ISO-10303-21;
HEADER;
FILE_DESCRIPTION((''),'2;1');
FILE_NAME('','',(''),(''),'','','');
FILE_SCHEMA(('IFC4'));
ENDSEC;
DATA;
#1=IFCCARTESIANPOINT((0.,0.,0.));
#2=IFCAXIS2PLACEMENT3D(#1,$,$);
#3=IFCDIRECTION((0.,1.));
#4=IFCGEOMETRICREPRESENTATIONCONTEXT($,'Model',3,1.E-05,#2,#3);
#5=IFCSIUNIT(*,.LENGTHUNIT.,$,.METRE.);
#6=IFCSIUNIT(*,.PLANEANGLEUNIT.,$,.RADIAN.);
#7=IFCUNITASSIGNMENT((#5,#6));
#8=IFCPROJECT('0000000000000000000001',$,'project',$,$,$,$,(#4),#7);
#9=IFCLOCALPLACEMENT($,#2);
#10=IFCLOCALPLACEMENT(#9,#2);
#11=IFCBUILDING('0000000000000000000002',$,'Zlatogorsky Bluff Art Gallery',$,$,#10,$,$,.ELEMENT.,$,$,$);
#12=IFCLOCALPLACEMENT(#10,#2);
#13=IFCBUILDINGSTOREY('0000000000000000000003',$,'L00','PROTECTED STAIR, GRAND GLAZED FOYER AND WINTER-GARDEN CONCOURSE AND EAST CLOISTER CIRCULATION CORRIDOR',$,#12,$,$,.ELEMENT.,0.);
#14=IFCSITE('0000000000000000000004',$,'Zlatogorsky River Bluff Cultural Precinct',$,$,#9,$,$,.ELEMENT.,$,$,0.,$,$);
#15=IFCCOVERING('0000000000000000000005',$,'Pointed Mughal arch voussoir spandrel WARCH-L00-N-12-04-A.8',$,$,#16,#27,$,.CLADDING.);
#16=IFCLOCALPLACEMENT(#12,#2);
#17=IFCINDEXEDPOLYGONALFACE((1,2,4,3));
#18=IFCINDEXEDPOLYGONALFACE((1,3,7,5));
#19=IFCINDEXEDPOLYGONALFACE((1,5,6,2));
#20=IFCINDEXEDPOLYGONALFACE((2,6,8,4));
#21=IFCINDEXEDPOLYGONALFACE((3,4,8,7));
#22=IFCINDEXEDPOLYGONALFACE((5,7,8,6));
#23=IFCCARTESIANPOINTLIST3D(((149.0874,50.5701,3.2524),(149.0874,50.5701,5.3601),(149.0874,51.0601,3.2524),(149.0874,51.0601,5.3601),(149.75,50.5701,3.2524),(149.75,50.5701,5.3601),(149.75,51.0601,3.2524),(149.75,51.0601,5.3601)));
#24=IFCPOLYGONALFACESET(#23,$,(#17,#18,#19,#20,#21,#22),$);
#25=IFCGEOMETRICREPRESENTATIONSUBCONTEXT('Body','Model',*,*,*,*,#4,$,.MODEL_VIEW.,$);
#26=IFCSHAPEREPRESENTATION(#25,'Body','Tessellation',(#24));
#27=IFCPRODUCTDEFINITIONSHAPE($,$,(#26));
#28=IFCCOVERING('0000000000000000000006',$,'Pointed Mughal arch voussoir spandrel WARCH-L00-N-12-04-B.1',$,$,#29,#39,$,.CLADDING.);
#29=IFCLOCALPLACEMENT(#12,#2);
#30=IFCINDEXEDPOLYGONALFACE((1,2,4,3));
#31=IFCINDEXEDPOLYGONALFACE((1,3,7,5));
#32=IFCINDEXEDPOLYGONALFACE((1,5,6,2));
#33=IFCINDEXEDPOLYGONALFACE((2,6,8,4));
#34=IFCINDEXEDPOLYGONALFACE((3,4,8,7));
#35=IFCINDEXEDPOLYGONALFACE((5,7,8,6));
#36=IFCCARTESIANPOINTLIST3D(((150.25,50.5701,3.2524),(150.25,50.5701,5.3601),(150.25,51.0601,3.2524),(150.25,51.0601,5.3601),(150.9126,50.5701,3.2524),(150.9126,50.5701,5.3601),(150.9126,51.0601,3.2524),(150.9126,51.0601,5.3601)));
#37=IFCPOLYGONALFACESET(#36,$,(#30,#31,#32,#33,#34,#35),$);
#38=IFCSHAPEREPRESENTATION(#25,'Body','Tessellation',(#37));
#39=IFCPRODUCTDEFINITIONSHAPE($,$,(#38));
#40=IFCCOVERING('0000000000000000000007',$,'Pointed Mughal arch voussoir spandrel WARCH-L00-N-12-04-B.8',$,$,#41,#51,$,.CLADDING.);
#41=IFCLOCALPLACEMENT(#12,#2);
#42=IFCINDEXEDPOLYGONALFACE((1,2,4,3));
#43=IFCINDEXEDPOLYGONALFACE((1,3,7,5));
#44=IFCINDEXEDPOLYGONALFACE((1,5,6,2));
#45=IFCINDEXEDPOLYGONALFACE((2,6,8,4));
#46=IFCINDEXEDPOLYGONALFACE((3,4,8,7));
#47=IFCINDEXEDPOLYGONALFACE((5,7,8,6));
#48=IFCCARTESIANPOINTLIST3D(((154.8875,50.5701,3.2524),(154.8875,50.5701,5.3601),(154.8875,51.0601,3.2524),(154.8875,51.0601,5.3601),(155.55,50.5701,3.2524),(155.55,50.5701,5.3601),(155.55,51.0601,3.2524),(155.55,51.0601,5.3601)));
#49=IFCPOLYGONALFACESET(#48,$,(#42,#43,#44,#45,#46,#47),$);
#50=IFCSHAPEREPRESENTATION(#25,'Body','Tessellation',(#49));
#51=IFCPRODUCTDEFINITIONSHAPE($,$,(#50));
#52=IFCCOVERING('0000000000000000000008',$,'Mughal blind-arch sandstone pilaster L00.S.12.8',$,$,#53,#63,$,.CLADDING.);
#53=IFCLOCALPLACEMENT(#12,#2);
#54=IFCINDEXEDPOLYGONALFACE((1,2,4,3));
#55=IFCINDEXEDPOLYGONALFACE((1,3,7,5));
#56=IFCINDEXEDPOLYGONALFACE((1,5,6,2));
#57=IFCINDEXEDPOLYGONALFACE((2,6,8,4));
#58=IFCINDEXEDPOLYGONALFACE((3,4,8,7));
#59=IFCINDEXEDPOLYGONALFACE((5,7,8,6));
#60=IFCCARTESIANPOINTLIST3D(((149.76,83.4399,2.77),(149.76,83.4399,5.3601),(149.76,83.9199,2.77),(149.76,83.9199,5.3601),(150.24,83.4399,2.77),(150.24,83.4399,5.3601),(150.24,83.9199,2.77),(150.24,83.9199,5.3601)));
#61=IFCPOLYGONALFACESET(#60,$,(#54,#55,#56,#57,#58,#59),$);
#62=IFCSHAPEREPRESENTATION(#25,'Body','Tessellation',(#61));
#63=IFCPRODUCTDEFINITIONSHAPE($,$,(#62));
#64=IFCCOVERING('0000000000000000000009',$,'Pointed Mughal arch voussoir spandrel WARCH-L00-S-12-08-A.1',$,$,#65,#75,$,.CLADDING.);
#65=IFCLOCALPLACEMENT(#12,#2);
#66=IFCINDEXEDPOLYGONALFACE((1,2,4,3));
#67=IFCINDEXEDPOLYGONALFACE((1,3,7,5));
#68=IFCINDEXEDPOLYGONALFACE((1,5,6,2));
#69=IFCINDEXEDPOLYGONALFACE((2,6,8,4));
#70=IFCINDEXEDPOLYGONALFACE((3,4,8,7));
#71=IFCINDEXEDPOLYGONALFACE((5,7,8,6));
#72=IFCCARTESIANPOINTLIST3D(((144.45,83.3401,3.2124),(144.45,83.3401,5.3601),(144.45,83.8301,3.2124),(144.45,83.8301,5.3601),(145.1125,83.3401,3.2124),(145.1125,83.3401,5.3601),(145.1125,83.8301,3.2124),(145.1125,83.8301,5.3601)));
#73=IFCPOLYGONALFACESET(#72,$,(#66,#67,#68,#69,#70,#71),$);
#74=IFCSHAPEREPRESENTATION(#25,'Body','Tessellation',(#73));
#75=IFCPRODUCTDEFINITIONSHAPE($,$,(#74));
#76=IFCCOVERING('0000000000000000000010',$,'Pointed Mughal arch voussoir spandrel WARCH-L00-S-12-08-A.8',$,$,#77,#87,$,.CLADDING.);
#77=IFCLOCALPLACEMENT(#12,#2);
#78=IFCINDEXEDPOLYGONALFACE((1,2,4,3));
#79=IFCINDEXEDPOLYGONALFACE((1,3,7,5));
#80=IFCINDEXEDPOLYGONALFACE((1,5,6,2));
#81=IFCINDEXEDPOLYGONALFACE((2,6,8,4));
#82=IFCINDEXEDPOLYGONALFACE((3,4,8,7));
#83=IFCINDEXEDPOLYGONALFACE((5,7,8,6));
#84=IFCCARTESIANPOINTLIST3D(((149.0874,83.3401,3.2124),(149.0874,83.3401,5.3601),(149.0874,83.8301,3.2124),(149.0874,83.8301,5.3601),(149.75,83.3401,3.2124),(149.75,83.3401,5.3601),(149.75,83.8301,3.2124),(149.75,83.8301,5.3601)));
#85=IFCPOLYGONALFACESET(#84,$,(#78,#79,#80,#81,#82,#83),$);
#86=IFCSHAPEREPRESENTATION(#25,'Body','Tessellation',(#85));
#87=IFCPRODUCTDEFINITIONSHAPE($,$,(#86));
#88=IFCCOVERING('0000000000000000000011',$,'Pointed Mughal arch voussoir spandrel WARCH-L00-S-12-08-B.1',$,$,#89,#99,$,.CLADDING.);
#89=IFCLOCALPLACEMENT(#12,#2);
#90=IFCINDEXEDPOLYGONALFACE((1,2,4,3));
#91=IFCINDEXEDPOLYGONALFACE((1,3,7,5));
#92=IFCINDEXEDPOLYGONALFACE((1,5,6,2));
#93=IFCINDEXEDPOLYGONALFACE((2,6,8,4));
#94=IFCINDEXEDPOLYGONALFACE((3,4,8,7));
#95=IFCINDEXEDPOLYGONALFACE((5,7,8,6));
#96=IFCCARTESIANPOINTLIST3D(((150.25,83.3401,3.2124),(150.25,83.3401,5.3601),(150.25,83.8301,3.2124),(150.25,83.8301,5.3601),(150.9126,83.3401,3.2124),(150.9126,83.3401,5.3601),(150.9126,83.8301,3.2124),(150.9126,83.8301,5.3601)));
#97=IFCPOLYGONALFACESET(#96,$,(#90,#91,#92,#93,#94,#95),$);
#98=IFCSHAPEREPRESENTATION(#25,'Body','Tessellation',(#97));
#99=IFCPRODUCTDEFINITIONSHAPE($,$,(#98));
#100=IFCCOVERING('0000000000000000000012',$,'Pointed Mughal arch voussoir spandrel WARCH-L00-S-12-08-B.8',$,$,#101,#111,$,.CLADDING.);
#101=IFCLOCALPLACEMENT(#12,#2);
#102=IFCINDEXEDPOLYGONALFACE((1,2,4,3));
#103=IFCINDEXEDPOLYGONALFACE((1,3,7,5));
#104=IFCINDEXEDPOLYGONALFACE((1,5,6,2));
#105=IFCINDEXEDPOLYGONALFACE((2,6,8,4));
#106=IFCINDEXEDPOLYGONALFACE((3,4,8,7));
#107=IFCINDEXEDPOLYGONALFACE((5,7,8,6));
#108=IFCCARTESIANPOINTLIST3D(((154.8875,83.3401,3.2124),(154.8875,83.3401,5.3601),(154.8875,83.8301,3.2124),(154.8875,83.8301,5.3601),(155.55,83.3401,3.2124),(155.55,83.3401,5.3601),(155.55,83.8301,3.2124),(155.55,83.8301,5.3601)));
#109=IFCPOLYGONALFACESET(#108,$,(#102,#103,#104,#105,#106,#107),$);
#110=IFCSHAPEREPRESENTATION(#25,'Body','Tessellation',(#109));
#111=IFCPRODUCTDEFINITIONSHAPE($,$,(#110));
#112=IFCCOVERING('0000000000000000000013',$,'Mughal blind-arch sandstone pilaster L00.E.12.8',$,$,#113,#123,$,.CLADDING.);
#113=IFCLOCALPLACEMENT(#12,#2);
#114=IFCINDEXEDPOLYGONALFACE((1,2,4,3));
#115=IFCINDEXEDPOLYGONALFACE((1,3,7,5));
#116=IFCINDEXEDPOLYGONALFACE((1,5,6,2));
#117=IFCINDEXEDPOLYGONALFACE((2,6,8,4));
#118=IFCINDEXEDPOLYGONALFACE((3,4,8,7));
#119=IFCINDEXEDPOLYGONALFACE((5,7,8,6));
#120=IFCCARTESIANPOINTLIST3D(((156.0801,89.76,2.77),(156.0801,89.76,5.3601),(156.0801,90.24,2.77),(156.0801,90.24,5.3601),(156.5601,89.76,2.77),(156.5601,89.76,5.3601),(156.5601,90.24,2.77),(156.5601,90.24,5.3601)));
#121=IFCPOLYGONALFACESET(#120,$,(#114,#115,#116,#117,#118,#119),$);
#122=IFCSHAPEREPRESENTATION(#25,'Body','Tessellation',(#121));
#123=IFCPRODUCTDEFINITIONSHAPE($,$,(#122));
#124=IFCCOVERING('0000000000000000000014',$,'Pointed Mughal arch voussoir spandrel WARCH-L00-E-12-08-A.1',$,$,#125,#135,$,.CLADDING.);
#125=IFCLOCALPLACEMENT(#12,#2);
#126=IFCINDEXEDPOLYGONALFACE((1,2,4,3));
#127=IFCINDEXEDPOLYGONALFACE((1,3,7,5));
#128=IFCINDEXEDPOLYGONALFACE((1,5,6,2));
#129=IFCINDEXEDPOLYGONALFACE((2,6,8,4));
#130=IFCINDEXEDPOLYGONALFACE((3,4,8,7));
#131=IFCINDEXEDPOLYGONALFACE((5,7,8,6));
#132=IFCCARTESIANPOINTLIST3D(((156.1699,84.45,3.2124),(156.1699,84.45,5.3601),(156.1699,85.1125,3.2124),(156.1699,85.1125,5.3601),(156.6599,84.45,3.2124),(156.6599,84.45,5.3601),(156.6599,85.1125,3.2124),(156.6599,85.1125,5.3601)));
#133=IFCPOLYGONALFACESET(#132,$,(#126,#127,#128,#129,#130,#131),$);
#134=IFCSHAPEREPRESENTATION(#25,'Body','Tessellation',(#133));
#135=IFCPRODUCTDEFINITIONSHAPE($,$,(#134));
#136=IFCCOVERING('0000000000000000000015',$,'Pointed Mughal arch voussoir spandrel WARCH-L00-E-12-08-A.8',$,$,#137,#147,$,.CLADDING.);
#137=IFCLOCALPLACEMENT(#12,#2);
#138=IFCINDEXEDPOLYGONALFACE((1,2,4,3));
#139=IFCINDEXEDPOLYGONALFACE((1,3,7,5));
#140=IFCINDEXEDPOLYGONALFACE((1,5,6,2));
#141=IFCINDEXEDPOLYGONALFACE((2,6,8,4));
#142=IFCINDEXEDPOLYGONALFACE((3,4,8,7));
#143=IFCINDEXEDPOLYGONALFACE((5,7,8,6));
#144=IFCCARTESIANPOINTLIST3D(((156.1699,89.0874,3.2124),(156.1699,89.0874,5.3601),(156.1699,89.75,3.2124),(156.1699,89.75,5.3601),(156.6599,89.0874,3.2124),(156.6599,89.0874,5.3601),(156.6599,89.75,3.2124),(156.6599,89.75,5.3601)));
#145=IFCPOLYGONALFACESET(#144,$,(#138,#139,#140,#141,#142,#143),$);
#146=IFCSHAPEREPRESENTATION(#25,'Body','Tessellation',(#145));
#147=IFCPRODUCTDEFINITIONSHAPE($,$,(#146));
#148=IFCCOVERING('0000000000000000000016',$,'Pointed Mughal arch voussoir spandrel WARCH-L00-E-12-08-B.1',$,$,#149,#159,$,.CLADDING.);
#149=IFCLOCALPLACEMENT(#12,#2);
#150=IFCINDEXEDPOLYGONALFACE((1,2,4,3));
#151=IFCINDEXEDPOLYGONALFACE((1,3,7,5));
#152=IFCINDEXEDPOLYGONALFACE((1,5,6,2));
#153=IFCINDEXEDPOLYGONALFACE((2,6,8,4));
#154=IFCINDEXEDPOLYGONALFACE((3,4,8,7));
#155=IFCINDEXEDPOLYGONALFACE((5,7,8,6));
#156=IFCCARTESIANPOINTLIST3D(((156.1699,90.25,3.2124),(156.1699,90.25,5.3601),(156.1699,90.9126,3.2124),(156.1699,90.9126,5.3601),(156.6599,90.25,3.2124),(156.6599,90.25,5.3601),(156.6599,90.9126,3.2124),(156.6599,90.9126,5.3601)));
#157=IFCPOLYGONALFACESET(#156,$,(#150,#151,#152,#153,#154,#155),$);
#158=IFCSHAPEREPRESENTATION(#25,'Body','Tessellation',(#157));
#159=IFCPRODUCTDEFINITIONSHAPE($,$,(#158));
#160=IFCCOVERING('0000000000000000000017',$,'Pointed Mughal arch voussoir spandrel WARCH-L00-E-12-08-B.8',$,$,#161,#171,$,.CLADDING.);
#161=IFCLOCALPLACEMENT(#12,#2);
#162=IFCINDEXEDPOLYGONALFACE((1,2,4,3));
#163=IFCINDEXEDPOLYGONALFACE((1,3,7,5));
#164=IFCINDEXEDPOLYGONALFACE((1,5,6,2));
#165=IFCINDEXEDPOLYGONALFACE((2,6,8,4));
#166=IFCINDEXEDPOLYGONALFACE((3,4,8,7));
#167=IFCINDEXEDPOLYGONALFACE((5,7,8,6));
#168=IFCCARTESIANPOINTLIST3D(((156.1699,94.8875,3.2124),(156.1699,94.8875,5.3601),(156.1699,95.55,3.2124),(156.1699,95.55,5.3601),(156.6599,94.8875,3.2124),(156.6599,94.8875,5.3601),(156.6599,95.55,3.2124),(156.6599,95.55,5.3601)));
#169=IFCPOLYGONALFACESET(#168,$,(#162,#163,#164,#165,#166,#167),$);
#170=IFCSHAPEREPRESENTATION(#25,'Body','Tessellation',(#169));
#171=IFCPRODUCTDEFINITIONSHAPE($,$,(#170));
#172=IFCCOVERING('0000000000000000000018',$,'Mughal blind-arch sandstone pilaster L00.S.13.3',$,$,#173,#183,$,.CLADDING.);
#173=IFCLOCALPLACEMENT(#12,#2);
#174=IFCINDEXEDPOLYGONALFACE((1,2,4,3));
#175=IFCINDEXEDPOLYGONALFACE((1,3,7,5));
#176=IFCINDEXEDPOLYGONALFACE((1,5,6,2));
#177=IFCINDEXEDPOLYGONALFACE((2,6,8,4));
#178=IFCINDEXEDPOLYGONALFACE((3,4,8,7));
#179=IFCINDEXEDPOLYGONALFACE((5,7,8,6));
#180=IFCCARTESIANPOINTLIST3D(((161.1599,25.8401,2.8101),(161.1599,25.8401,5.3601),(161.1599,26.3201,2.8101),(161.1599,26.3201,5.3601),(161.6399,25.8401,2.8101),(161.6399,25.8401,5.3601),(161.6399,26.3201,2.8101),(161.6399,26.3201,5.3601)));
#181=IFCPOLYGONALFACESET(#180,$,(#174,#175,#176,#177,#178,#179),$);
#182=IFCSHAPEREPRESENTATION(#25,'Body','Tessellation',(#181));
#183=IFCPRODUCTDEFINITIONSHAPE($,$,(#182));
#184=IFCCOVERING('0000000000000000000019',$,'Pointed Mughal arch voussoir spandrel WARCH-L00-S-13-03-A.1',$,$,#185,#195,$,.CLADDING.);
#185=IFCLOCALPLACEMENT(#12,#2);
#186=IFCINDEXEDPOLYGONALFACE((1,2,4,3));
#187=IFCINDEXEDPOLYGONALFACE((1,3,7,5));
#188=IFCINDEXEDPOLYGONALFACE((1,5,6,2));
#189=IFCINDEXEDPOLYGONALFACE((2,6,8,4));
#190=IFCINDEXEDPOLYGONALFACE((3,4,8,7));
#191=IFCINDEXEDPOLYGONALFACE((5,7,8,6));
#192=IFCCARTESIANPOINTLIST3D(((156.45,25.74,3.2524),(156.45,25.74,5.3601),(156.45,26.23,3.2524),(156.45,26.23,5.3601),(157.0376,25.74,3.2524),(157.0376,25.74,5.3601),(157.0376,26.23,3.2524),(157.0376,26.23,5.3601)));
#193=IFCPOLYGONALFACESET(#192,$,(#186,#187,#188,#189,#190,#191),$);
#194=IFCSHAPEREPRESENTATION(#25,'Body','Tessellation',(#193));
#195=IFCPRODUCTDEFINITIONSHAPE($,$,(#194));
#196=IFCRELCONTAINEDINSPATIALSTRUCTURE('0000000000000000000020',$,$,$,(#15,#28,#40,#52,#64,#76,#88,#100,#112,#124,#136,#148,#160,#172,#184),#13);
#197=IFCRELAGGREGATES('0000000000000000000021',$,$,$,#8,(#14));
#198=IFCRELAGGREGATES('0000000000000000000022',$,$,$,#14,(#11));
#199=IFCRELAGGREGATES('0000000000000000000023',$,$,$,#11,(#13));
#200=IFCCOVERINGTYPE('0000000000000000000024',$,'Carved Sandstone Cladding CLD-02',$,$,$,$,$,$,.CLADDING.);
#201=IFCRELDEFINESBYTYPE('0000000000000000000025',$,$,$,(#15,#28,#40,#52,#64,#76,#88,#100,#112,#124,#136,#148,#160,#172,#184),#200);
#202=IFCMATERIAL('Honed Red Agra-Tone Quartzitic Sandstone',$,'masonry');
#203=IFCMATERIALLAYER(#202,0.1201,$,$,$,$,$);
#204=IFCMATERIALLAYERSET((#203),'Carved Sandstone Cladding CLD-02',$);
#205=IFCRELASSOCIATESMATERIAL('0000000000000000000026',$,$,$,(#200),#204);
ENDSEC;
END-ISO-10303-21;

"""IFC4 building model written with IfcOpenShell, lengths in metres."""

from ifc_helpers import new_model, si_unit, direction, frame, origin, place, context, subcontext, project, spatial, polyline, outline, extrude, material, layer, layer_set, type_object, element, save


model = new_model("IFC4")

# Units and contexts
model_context = context("Model", 3, precision=1e-05, world=origin(), true_north=direction((0.0, 1.0)))
body_context = subcontext(model_context, "Body", "Model", "MODEL_VIEW")
ifc_project = project(units=[si_unit("LENGTHUNIT", "METRE"), si_unit("PLANEANGLEUNIT", "RADIAN")], contexts=[model_context])

# Site, building, storey
site_placement = place(None, origin())
site = spatial("IfcSite", under=ifc_project, at=site_placement, Name="Zlatogorsky River Bluff Cultural Precinct", CompositionType="ELEMENT", RefElevation=0.0)
building_placement = place(site_placement, origin())
building = spatial("IfcBuilding", under=site, at=building_placement, Name="Zlatogorsky Bluff Art Gallery", CompositionType="ELEMENT")
storey_placement = place(building_placement, origin())
storey = spatial("IfcBuildingStorey", under=building, at=storey_placement, Name="L00", Description="PROTECTED STAIR, GRAND GLAZED FOYER AND WINTER-GARDEN CONCOURSE AND EAST CLOISTER CIRCULATION CORRIDOR", CompositionType="ELEMENT", Elevation=0.0)

# Coverings
ifc_material = material(Name="Honed Red Agra-Tone Quartzitic Sandstone", Category="masonry")
ifc_layer = layer(ifc_material, 0.1201)
ifc_layer_set = layer_set([ifc_layer], Name="Carved Sandstone Cladding CLD-02")
covering_type = type_object("IfcCoveringType", Name="Carved Sandstone Cladding CLD-02", PredefinedType="CLADDING", material=ifc_layer_set)
covering_1_placement = place(storey_placement, frame((0.0, 0.0, 3.2524)))
element("IfcCovering", 1, at=covering_1_placement, inside=storey, type_object=covering_type, Name="Pointed Mughal arch voussoir spandrel WARCH-L00-N-12-04-A.8", PredefinedType="CLADDING", context=body_context, shape_type="SweptSolid", body=[
    extrude(outline(polyline([(149.0874, 50.5701), (149.75, 50.5701), (149.75, 51.0601), (149.0874, 51.0601), (149.0874, 50.5701)])), origin(), (0.0, 0.0, 1.0), 2.1077),
])
covering_2_placement = place(storey_placement, frame((0.0, 0.0, 3.2524)))
element("IfcCovering", 2, at=covering_2_placement, inside=storey, type_object=covering_type, Name="Pointed Mughal arch voussoir spandrel WARCH-L00-N-12-04-B.1", PredefinedType="CLADDING", context=body_context, shape_type="SweptSolid", body=[
    extrude(outline(polyline([(150.25, 50.5701), (150.9126, 50.5701), (150.9126, 51.0601), (150.25, 51.0601), (150.25, 50.5701)])), origin(), (0.0, 0.0, 1.0), 2.1077),
])
covering_3_placement = place(storey_placement, frame((0.0, 0.0, 3.2524)))
element("IfcCovering", 3, at=covering_3_placement, inside=storey, type_object=covering_type, Name="Pointed Mughal arch voussoir spandrel WARCH-L00-N-12-04-B.8", PredefinedType="CLADDING", context=body_context, shape_type="SweptSolid", body=[
    extrude(outline(polyline([(154.8875, 50.5701), (155.55, 50.5701), (155.55, 51.0601), (154.8875, 51.0601), (154.8875, 50.5701)])), origin(), (0.0, 0.0, 1.0), 2.1077),
])
covering_4_placement = place(storey_placement, frame((0.0, 0.0, 2.77)))
element("IfcCovering", 4, at=covering_4_placement, inside=storey, type_object=covering_type, Name="Mughal blind-arch sandstone pilaster L00.S.12.8", PredefinedType="CLADDING", context=body_context, shape_type="SweptSolid", body=[
    extrude(outline(polyline([(149.76, 83.4399), (150.24, 83.4399), (150.24, 83.9199), (149.76, 83.9199), (149.76, 83.4399)])), origin(), (0.0, 0.0, 1.0), 2.5901),
])
covering_5_placement = place(storey_placement, frame((0.0, 0.0, 3.2124)))
element("IfcCovering", 5, at=covering_5_placement, inside=storey, type_object=covering_type, Name="Pointed Mughal arch voussoir spandrel WARCH-L00-S-12-08-A.1", PredefinedType="CLADDING", context=body_context, shape_type="SweptSolid", body=[
    extrude(outline(polyline([(144.45, 83.3401), (145.1125, 83.3401), (145.1125, 83.8301), (144.45, 83.8301), (144.45, 83.3401)])), origin(), (0.0, 0.0, 1.0), 2.1477),
])
covering_6_placement = place(storey_placement, frame((0.0, 0.0, 3.2124)))
element("IfcCovering", 6, at=covering_6_placement, inside=storey, type_object=covering_type, Name="Pointed Mughal arch voussoir spandrel WARCH-L00-S-12-08-A.8", PredefinedType="CLADDING", context=body_context, shape_type="SweptSolid", body=[
    extrude(outline(polyline([(149.0874, 83.3401), (149.75, 83.3401), (149.75, 83.8301), (149.0874, 83.8301), (149.0874, 83.3401)])), origin(), (0.0, 0.0, 1.0), 2.1477),
])
covering_7_placement = place(storey_placement, frame((0.0, 0.0, 3.2124)))
element("IfcCovering", 7, at=covering_7_placement, inside=storey, type_object=covering_type, Name="Pointed Mughal arch voussoir spandrel WARCH-L00-S-12-08-B.1", PredefinedType="CLADDING", context=body_context, shape_type="SweptSolid", body=[
    extrude(outline(polyline([(150.25, 83.3401), (150.9126, 83.3401), (150.9126, 83.8301), (150.25, 83.8301), (150.25, 83.3401)])), origin(), (0.0, 0.0, 1.0), 2.1477),
])
covering_8_placement = place(storey_placement, frame((0.0, 0.0, 3.2124)))
element("IfcCovering", 8, at=covering_8_placement, inside=storey, type_object=covering_type, Name="Pointed Mughal arch voussoir spandrel WARCH-L00-S-12-08-B.8", PredefinedType="CLADDING", context=body_context, shape_type="SweptSolid", body=[
    extrude(outline(polyline([(154.8875, 83.3401), (155.55, 83.3401), (155.55, 83.8301), (154.8875, 83.8301), (154.8875, 83.3401)])), origin(), (0.0, 0.0, 1.0), 2.1477),
])
covering_9_placement = place(storey_placement, frame((0.0, 0.0, 2.77)))
element("IfcCovering", 9, at=covering_9_placement, inside=storey, type_object=covering_type, Name="Mughal blind-arch sandstone pilaster L00.E.12.8", PredefinedType="CLADDING", context=body_context, shape_type="SweptSolid", body=[
    extrude(outline(polyline([(156.0801, 89.76), (156.5601, 89.76), (156.5601, 90.24), (156.0801, 90.24), (156.0801, 89.76)])), origin(), (0.0, 0.0, 1.0), 2.5901),
])
covering_10_placement = place(storey_placement, frame((0.0, 0.0, 3.2124)))
element("IfcCovering", 10, at=covering_10_placement, inside=storey, type_object=covering_type, Name="Pointed Mughal arch voussoir spandrel WARCH-L00-E-12-08-A.1", PredefinedType="CLADDING", context=body_context, shape_type="SweptSolid", body=[
    extrude(outline(polyline([(156.1699, 84.45), (156.1699, 85.1125), (156.6599, 85.1125), (156.6599, 84.45), (156.1699, 84.45)])), origin(), (0.0, 0.0, 1.0), 2.1477),
])
covering_11_placement = place(storey_placement, frame((0.0, 0.0, 3.2124)))
element("IfcCovering", 11, at=covering_11_placement, inside=storey, type_object=covering_type, Name="Pointed Mughal arch voussoir spandrel WARCH-L00-E-12-08-A.8", PredefinedType="CLADDING", context=body_context, shape_type="SweptSolid", body=[
    extrude(outline(polyline([(156.1699, 89.0874), (156.1699, 89.75), (156.6599, 89.75), (156.6599, 89.0874), (156.1699, 89.0874)])), origin(), (0.0, 0.0, 1.0), 2.1477),
])
covering_12_placement = place(storey_placement, frame((0.0, 0.0, 3.2124)))
element("IfcCovering", 12, at=covering_12_placement, inside=storey, type_object=covering_type, Name="Pointed Mughal arch voussoir spandrel WARCH-L00-E-12-08-B.1", PredefinedType="CLADDING", context=body_context, shape_type="SweptSolid", body=[
    extrude(outline(polyline([(156.1699, 90.25), (156.1699, 90.9126), (156.6599, 90.9126), (156.6599, 90.25), (156.1699, 90.25)])), origin(), (0.0, 0.0, 1.0), 2.1477),
])
covering_13_placement = place(storey_placement, frame((0.0, 0.0, 3.2124)))
element("IfcCovering", 13, at=covering_13_placement, inside=storey, type_object=covering_type, Name="Pointed Mughal arch voussoir spandrel WARCH-L00-E-12-08-B.8", PredefinedType="CLADDING", context=body_context, shape_type="SweptSolid", body=[
    extrude(outline(polyline([(156.1699, 94.8875), (156.1699, 95.55), (156.6599, 95.55), (156.6599, 94.8875), (156.1699, 94.8875)])), origin(), (0.0, 0.0, 1.0), 2.1477),
])
covering_14_placement = place(storey_placement, frame((0.0, 0.0, 2.8101)))
element("IfcCovering", 14, at=covering_14_placement, inside=storey, type_object=covering_type, Name="Mughal blind-arch sandstone pilaster L00.S.13.3", PredefinedType="CLADDING", context=body_context, shape_type="SweptSolid", body=[
    extrude(outline(polyline([(161.1599, 25.8401), (161.6399, 25.8401), (161.6399, 26.3201), (161.1599, 26.3201), (161.1599, 25.8401)])), origin(), (0.0, 0.0, 1.0), 2.55),
])
covering_15_placement = place(storey_placement, frame((0.0, 0.0, 3.2524)))
element("IfcCovering", 15, at=covering_15_placement, inside=storey, type_object=covering_type, Name="Pointed Mughal arch voussoir spandrel WARCH-L00-S-13-03-A.1", PredefinedType="CLADDING", context=body_context, shape_type="SweptSolid", body=[
    extrude(outline(polyline([(156.45, 25.74), (157.0376, 25.74), (157.0376, 26.23), (156.45, 26.23), (156.45, 25.74)])), origin(), (0.0, 0.0, 1.0), 2.1077),
])

save(model, "model.ifc")
